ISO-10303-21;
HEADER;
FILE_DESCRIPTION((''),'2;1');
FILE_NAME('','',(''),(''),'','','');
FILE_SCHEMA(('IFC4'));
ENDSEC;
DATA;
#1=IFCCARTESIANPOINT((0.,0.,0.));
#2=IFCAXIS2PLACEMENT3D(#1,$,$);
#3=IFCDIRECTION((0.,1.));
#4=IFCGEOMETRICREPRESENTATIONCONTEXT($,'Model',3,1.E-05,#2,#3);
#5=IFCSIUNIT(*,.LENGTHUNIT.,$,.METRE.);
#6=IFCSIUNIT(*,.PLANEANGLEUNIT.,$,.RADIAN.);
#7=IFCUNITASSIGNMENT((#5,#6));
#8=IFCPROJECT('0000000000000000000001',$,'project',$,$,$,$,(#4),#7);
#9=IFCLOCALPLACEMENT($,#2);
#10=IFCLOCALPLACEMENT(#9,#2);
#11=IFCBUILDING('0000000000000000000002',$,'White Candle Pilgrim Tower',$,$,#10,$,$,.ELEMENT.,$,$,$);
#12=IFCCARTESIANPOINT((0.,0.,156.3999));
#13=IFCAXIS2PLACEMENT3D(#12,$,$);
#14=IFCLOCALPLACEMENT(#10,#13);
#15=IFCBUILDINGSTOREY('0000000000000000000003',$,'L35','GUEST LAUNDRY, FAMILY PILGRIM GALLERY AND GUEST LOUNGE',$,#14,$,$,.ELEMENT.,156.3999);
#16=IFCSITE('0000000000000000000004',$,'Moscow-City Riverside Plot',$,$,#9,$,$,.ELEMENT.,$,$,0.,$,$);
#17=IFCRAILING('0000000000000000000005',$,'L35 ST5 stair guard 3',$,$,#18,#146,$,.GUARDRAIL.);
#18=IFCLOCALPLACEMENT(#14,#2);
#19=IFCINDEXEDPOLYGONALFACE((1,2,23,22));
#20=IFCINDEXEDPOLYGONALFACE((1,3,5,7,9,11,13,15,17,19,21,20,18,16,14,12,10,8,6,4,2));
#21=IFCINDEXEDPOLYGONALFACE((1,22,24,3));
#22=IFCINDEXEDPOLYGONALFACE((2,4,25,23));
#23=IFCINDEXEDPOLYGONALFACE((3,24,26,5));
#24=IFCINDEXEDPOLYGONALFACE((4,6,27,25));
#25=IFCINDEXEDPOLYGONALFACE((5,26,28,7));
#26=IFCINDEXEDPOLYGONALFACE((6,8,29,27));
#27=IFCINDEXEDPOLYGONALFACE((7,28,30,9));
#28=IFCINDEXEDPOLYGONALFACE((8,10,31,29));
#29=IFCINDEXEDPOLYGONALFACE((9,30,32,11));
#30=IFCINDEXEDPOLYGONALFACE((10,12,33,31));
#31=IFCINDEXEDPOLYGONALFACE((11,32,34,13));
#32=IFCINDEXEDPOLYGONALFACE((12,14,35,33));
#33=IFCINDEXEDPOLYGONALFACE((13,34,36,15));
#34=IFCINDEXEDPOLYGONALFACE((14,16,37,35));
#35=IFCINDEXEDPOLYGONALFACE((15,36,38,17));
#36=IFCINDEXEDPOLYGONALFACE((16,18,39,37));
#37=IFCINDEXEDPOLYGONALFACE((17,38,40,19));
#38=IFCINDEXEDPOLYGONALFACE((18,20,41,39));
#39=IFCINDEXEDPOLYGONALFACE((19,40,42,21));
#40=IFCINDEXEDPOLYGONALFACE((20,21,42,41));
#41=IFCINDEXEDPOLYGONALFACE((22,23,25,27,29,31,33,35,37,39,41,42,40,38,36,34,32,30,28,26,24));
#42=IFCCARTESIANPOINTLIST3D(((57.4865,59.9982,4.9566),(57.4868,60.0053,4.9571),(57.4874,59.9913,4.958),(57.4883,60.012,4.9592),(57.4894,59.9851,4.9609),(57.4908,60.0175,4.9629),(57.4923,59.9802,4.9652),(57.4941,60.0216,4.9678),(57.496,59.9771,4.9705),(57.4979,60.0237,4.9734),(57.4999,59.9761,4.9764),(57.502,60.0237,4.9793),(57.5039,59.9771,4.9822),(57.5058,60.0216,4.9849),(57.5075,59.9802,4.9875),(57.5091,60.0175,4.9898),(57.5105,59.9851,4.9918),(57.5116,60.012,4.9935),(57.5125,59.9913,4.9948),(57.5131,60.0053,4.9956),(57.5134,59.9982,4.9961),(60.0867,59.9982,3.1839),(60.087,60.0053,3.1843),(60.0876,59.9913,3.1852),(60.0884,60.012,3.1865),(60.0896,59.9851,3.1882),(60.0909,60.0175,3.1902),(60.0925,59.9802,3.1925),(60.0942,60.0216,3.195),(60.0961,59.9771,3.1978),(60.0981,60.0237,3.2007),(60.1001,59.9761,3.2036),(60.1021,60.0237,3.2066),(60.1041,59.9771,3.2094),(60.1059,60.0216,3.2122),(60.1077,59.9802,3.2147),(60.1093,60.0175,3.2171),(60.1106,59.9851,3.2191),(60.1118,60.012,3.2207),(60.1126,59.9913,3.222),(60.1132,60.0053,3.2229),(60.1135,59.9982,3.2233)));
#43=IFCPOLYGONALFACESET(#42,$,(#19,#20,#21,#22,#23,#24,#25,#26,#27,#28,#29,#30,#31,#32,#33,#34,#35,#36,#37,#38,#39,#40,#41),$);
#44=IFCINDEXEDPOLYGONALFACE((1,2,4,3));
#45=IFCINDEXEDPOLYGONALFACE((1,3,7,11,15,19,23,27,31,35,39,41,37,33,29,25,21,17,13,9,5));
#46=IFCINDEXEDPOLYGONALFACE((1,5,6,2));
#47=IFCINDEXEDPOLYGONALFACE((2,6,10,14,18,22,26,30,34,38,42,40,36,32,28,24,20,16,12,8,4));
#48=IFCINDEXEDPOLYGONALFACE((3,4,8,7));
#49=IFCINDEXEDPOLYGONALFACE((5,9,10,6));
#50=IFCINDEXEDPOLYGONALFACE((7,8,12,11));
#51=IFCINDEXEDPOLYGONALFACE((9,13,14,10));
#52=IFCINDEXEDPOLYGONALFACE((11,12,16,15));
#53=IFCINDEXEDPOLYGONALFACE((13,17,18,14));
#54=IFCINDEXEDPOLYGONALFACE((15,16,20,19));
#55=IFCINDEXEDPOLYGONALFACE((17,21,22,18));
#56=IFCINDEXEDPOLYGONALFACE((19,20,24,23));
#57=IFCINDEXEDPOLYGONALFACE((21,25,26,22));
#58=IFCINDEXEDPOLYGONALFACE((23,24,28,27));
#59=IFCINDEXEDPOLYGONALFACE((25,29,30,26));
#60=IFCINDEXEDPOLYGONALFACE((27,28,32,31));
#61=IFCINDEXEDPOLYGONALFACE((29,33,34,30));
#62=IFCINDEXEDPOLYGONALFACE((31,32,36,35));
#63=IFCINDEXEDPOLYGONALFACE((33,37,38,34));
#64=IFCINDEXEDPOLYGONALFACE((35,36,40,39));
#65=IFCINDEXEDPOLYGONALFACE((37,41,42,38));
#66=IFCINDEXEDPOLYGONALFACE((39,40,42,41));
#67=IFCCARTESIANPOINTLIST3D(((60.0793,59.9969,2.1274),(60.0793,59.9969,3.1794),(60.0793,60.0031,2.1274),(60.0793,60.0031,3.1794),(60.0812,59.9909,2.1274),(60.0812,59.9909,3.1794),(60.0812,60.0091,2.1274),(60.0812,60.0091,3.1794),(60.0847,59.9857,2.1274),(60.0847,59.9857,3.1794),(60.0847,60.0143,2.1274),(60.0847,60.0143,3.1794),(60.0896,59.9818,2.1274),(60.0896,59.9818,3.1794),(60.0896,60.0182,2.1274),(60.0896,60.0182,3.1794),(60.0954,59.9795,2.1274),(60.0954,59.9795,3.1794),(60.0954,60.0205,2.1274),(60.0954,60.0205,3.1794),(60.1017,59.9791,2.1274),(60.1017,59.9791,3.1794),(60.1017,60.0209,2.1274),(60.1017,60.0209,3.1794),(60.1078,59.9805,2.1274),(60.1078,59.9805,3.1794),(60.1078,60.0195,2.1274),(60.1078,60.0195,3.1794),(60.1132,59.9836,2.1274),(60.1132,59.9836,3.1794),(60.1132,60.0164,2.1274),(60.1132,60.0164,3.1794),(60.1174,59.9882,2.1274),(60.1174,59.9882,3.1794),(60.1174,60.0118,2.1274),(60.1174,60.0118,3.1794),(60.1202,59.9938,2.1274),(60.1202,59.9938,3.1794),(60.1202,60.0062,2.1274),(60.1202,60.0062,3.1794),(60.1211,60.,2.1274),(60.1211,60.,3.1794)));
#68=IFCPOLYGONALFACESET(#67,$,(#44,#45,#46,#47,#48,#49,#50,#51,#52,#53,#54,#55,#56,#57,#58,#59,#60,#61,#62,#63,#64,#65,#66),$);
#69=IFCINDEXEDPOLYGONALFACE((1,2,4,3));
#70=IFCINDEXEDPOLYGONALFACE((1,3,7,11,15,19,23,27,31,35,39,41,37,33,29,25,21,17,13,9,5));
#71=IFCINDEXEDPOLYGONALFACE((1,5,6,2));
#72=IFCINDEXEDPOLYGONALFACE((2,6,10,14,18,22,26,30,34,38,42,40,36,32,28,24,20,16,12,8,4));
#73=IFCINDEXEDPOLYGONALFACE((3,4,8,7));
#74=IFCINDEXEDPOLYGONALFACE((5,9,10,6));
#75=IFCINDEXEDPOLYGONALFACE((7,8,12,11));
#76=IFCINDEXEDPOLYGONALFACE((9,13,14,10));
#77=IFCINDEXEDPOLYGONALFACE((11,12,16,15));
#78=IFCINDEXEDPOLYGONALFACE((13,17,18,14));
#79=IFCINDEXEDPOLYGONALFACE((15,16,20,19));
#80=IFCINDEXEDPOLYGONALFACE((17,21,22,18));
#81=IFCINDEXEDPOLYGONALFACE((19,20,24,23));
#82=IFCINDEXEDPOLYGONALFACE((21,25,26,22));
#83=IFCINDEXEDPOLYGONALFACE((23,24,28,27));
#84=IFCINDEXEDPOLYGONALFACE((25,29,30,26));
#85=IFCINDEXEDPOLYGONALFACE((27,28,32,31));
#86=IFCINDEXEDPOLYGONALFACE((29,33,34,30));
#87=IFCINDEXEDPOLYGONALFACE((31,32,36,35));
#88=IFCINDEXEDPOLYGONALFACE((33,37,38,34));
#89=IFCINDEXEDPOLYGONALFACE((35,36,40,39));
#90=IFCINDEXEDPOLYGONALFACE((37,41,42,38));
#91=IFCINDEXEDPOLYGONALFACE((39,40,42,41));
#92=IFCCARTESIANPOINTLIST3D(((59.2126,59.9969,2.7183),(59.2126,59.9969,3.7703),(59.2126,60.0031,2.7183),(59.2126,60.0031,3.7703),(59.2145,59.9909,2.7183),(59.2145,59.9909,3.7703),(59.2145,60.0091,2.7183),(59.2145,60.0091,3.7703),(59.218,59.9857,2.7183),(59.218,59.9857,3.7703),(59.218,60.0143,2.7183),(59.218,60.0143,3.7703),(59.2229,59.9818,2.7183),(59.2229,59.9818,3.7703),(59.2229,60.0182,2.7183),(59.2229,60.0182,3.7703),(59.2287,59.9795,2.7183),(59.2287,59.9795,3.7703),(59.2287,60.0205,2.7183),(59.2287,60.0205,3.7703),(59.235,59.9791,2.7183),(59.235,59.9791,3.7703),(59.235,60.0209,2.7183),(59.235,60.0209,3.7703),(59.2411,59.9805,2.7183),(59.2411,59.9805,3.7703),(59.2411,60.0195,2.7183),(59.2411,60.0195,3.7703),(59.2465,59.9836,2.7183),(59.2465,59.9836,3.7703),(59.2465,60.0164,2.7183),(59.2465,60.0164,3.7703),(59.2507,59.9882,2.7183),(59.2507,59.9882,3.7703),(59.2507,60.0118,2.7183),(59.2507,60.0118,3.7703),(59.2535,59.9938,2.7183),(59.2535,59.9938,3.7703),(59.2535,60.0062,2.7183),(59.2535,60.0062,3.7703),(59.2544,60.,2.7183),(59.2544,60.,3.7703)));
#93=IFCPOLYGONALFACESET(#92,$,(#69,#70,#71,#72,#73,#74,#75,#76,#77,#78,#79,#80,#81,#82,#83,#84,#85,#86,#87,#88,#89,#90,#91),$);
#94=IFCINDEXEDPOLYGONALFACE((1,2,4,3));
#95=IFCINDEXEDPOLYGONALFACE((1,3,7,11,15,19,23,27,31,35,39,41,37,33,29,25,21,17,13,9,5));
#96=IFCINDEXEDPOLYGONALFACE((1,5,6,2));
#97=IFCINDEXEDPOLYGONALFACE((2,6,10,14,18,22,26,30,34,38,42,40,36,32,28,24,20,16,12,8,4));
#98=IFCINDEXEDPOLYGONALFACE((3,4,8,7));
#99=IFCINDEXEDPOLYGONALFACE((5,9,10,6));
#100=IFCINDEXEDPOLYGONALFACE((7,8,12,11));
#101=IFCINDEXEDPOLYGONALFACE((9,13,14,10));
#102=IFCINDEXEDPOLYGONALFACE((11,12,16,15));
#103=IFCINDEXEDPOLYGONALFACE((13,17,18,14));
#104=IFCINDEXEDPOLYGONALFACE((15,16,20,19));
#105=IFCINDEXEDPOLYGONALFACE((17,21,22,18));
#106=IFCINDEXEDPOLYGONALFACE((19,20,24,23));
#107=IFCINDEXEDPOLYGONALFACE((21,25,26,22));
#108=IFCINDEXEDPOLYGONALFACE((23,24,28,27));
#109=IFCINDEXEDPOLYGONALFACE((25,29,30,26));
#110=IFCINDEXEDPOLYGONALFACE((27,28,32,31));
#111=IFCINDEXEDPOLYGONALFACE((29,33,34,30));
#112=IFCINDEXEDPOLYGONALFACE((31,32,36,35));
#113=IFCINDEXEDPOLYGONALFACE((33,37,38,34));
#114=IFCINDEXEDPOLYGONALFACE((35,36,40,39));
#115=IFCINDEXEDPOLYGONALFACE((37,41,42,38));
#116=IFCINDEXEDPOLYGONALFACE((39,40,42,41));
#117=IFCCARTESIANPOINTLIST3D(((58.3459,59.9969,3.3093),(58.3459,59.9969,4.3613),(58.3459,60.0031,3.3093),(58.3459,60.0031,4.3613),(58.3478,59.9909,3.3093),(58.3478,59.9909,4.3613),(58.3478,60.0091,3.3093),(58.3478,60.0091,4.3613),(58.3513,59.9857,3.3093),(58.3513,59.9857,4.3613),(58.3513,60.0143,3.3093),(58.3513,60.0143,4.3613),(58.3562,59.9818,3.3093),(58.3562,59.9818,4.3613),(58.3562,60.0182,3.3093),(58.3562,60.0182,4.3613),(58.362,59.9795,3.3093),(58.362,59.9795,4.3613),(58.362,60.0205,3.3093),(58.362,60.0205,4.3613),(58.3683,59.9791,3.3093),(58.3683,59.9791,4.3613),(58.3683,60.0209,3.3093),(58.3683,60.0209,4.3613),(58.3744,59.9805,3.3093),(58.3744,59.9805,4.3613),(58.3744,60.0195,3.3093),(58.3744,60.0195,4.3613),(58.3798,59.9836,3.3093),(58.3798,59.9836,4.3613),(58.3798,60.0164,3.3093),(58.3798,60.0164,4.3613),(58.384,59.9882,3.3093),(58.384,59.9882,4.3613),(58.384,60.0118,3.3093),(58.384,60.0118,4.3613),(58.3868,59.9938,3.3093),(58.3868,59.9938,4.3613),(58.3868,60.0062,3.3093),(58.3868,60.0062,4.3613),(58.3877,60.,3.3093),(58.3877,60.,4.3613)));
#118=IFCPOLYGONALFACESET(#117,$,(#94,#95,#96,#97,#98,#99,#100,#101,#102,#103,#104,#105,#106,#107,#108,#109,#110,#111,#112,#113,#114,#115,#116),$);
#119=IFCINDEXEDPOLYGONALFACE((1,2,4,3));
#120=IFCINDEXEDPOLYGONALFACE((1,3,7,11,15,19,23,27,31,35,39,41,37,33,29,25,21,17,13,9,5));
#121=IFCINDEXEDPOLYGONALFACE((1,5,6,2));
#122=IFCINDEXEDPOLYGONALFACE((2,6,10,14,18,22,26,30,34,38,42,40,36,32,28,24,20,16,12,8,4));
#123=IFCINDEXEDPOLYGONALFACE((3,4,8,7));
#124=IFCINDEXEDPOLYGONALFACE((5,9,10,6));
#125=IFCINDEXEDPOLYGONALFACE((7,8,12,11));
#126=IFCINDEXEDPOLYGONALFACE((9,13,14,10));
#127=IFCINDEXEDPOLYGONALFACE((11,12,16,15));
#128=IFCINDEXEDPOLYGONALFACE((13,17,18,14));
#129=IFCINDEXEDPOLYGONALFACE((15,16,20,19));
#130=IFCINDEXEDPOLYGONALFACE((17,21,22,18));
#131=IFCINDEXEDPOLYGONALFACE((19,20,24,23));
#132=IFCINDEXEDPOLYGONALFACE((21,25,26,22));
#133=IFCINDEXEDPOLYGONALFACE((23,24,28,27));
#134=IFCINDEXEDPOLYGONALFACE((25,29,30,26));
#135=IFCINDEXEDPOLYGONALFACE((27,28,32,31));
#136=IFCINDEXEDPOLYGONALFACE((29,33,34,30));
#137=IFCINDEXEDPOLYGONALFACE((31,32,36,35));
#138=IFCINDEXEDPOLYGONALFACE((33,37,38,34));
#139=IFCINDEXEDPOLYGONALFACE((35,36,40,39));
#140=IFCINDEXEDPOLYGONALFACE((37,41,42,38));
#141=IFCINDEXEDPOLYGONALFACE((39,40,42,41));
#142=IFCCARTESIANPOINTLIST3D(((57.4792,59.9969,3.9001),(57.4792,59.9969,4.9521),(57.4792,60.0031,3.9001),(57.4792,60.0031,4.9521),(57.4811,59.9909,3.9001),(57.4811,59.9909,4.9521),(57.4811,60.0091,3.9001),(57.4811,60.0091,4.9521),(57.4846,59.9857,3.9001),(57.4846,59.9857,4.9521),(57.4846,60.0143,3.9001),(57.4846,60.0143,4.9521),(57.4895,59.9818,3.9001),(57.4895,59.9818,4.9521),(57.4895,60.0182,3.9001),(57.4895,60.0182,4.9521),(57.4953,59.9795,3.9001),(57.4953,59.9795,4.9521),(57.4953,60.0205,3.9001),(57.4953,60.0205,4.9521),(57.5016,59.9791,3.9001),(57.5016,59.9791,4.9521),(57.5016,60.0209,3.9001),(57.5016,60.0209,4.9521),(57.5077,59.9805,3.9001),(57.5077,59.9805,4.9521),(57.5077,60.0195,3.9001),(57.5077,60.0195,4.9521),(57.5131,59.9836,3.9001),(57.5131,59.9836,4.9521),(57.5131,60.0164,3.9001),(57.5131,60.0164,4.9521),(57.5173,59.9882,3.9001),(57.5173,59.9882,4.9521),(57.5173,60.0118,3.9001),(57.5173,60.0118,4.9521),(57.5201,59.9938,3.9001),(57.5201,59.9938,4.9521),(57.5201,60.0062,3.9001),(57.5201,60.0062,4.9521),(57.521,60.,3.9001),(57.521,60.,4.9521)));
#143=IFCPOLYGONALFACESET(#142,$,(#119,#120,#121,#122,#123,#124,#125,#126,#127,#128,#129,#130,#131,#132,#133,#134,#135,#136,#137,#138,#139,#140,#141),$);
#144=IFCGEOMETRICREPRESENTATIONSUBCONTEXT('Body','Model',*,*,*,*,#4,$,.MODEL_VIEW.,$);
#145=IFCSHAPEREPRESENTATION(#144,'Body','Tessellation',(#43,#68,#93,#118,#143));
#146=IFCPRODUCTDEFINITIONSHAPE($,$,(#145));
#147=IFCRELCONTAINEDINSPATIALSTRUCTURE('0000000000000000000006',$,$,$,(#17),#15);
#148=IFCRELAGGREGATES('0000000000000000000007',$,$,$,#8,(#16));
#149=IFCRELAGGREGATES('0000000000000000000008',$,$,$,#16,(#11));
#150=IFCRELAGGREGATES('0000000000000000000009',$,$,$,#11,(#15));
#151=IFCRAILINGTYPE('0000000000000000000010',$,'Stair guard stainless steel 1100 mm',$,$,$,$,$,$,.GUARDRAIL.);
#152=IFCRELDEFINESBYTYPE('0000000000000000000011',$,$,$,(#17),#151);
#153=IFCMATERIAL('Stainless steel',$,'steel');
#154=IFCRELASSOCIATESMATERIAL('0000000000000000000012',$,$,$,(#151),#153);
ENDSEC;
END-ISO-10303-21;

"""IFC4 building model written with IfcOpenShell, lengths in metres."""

from ifc_helpers import new_model, si_unit, direction, frame, origin, origin_2d, place, context, subcontext, project, spatial, circle, extrude, material, type_object, element, save


model = new_model("IFC4")

# Units and contexts
model_context = context("Model", 3, precision=1e-05, world=origin(), true_north=direction((0.0, 1.0)))
body_context = subcontext(model_context, "Body", "Model", "MODEL_VIEW")
ifc_project = project(units=[si_unit("LENGTHUNIT", "METRE"), si_unit("PLANEANGLEUNIT", "RADIAN")], contexts=[model_context])

# Site, building, storey
site_placement = place(None, origin())
site = spatial("IfcSite", under=ifc_project, at=site_placement, Name="Moscow-City Riverside Plot", CompositionType="ELEMENT", RefElevation=0.0)
building_placement = place(site_placement, origin())
building = spatial("IfcBuilding", under=site, at=building_placement, Name="White Candle Pilgrim Tower", CompositionType="ELEMENT")
storey_placement = place(building_placement, frame((0.0, 0.0, 156.3999)))
storey = spatial("IfcBuildingStorey", under=building, at=storey_placement, Name="L35", Description="GUEST LAUNDRY, FAMILY PILGRIM GALLERY AND GUEST LOUNGE", CompositionType="ELEMENT", Elevation=156.3999)

# Railing
ifc_material_1 = material(Name="Stainless steel", Category="steel")
railing_type_1 = type_object("IfcRailingType", Name="Stair guard stainless steel 1100 mm", PredefinedType="GUARDRAIL", material=ifc_material_1)
railing_1_placement = place(storey_placement, frame((60.1001, 60.0, 2.1274)))
element("IfcRailing", 1, at=railing_1_placement, inside=storey, type_object=railing_type_1, Name="L35 ST5 stair guard 3", PredefinedType="GUARDRAIL", context=body_context, shape_type="SweptSolid", body=[
    extrude(circle(Radius=0.0239, at=origin_2d()), frame((0.0, 0.0, 1.0762), z_axis=(-0.82624, 0.0, 0.563318), x_axis=(0.0, -1.0, 0.0)), (0.0, 0.0, 1.0), 3.147),
    extrude(circle(Radius=0.021, at=origin_2d()), origin(), (0.0, 0.0, 1.0), 1.052),
    extrude(circle(Radius=0.021, at=origin_2d()), frame((-0.8667, 0.0, 0.5908)), (0.0, 0.0, 1.0), 1.052),
    extrude(circle(Radius=0.021, at=origin_2d()), frame((-1.7334, 0.0, 1.1819)), (0.0, 0.0, 1.0), 1.052),
    extrude(circle(Radius=0.021, at=origin_2d()), frame((-2.6001, 0.0, 1.7727)), (0.0, 0.0, 1.0), 1.052),
])

save(model, "model.ifc")
